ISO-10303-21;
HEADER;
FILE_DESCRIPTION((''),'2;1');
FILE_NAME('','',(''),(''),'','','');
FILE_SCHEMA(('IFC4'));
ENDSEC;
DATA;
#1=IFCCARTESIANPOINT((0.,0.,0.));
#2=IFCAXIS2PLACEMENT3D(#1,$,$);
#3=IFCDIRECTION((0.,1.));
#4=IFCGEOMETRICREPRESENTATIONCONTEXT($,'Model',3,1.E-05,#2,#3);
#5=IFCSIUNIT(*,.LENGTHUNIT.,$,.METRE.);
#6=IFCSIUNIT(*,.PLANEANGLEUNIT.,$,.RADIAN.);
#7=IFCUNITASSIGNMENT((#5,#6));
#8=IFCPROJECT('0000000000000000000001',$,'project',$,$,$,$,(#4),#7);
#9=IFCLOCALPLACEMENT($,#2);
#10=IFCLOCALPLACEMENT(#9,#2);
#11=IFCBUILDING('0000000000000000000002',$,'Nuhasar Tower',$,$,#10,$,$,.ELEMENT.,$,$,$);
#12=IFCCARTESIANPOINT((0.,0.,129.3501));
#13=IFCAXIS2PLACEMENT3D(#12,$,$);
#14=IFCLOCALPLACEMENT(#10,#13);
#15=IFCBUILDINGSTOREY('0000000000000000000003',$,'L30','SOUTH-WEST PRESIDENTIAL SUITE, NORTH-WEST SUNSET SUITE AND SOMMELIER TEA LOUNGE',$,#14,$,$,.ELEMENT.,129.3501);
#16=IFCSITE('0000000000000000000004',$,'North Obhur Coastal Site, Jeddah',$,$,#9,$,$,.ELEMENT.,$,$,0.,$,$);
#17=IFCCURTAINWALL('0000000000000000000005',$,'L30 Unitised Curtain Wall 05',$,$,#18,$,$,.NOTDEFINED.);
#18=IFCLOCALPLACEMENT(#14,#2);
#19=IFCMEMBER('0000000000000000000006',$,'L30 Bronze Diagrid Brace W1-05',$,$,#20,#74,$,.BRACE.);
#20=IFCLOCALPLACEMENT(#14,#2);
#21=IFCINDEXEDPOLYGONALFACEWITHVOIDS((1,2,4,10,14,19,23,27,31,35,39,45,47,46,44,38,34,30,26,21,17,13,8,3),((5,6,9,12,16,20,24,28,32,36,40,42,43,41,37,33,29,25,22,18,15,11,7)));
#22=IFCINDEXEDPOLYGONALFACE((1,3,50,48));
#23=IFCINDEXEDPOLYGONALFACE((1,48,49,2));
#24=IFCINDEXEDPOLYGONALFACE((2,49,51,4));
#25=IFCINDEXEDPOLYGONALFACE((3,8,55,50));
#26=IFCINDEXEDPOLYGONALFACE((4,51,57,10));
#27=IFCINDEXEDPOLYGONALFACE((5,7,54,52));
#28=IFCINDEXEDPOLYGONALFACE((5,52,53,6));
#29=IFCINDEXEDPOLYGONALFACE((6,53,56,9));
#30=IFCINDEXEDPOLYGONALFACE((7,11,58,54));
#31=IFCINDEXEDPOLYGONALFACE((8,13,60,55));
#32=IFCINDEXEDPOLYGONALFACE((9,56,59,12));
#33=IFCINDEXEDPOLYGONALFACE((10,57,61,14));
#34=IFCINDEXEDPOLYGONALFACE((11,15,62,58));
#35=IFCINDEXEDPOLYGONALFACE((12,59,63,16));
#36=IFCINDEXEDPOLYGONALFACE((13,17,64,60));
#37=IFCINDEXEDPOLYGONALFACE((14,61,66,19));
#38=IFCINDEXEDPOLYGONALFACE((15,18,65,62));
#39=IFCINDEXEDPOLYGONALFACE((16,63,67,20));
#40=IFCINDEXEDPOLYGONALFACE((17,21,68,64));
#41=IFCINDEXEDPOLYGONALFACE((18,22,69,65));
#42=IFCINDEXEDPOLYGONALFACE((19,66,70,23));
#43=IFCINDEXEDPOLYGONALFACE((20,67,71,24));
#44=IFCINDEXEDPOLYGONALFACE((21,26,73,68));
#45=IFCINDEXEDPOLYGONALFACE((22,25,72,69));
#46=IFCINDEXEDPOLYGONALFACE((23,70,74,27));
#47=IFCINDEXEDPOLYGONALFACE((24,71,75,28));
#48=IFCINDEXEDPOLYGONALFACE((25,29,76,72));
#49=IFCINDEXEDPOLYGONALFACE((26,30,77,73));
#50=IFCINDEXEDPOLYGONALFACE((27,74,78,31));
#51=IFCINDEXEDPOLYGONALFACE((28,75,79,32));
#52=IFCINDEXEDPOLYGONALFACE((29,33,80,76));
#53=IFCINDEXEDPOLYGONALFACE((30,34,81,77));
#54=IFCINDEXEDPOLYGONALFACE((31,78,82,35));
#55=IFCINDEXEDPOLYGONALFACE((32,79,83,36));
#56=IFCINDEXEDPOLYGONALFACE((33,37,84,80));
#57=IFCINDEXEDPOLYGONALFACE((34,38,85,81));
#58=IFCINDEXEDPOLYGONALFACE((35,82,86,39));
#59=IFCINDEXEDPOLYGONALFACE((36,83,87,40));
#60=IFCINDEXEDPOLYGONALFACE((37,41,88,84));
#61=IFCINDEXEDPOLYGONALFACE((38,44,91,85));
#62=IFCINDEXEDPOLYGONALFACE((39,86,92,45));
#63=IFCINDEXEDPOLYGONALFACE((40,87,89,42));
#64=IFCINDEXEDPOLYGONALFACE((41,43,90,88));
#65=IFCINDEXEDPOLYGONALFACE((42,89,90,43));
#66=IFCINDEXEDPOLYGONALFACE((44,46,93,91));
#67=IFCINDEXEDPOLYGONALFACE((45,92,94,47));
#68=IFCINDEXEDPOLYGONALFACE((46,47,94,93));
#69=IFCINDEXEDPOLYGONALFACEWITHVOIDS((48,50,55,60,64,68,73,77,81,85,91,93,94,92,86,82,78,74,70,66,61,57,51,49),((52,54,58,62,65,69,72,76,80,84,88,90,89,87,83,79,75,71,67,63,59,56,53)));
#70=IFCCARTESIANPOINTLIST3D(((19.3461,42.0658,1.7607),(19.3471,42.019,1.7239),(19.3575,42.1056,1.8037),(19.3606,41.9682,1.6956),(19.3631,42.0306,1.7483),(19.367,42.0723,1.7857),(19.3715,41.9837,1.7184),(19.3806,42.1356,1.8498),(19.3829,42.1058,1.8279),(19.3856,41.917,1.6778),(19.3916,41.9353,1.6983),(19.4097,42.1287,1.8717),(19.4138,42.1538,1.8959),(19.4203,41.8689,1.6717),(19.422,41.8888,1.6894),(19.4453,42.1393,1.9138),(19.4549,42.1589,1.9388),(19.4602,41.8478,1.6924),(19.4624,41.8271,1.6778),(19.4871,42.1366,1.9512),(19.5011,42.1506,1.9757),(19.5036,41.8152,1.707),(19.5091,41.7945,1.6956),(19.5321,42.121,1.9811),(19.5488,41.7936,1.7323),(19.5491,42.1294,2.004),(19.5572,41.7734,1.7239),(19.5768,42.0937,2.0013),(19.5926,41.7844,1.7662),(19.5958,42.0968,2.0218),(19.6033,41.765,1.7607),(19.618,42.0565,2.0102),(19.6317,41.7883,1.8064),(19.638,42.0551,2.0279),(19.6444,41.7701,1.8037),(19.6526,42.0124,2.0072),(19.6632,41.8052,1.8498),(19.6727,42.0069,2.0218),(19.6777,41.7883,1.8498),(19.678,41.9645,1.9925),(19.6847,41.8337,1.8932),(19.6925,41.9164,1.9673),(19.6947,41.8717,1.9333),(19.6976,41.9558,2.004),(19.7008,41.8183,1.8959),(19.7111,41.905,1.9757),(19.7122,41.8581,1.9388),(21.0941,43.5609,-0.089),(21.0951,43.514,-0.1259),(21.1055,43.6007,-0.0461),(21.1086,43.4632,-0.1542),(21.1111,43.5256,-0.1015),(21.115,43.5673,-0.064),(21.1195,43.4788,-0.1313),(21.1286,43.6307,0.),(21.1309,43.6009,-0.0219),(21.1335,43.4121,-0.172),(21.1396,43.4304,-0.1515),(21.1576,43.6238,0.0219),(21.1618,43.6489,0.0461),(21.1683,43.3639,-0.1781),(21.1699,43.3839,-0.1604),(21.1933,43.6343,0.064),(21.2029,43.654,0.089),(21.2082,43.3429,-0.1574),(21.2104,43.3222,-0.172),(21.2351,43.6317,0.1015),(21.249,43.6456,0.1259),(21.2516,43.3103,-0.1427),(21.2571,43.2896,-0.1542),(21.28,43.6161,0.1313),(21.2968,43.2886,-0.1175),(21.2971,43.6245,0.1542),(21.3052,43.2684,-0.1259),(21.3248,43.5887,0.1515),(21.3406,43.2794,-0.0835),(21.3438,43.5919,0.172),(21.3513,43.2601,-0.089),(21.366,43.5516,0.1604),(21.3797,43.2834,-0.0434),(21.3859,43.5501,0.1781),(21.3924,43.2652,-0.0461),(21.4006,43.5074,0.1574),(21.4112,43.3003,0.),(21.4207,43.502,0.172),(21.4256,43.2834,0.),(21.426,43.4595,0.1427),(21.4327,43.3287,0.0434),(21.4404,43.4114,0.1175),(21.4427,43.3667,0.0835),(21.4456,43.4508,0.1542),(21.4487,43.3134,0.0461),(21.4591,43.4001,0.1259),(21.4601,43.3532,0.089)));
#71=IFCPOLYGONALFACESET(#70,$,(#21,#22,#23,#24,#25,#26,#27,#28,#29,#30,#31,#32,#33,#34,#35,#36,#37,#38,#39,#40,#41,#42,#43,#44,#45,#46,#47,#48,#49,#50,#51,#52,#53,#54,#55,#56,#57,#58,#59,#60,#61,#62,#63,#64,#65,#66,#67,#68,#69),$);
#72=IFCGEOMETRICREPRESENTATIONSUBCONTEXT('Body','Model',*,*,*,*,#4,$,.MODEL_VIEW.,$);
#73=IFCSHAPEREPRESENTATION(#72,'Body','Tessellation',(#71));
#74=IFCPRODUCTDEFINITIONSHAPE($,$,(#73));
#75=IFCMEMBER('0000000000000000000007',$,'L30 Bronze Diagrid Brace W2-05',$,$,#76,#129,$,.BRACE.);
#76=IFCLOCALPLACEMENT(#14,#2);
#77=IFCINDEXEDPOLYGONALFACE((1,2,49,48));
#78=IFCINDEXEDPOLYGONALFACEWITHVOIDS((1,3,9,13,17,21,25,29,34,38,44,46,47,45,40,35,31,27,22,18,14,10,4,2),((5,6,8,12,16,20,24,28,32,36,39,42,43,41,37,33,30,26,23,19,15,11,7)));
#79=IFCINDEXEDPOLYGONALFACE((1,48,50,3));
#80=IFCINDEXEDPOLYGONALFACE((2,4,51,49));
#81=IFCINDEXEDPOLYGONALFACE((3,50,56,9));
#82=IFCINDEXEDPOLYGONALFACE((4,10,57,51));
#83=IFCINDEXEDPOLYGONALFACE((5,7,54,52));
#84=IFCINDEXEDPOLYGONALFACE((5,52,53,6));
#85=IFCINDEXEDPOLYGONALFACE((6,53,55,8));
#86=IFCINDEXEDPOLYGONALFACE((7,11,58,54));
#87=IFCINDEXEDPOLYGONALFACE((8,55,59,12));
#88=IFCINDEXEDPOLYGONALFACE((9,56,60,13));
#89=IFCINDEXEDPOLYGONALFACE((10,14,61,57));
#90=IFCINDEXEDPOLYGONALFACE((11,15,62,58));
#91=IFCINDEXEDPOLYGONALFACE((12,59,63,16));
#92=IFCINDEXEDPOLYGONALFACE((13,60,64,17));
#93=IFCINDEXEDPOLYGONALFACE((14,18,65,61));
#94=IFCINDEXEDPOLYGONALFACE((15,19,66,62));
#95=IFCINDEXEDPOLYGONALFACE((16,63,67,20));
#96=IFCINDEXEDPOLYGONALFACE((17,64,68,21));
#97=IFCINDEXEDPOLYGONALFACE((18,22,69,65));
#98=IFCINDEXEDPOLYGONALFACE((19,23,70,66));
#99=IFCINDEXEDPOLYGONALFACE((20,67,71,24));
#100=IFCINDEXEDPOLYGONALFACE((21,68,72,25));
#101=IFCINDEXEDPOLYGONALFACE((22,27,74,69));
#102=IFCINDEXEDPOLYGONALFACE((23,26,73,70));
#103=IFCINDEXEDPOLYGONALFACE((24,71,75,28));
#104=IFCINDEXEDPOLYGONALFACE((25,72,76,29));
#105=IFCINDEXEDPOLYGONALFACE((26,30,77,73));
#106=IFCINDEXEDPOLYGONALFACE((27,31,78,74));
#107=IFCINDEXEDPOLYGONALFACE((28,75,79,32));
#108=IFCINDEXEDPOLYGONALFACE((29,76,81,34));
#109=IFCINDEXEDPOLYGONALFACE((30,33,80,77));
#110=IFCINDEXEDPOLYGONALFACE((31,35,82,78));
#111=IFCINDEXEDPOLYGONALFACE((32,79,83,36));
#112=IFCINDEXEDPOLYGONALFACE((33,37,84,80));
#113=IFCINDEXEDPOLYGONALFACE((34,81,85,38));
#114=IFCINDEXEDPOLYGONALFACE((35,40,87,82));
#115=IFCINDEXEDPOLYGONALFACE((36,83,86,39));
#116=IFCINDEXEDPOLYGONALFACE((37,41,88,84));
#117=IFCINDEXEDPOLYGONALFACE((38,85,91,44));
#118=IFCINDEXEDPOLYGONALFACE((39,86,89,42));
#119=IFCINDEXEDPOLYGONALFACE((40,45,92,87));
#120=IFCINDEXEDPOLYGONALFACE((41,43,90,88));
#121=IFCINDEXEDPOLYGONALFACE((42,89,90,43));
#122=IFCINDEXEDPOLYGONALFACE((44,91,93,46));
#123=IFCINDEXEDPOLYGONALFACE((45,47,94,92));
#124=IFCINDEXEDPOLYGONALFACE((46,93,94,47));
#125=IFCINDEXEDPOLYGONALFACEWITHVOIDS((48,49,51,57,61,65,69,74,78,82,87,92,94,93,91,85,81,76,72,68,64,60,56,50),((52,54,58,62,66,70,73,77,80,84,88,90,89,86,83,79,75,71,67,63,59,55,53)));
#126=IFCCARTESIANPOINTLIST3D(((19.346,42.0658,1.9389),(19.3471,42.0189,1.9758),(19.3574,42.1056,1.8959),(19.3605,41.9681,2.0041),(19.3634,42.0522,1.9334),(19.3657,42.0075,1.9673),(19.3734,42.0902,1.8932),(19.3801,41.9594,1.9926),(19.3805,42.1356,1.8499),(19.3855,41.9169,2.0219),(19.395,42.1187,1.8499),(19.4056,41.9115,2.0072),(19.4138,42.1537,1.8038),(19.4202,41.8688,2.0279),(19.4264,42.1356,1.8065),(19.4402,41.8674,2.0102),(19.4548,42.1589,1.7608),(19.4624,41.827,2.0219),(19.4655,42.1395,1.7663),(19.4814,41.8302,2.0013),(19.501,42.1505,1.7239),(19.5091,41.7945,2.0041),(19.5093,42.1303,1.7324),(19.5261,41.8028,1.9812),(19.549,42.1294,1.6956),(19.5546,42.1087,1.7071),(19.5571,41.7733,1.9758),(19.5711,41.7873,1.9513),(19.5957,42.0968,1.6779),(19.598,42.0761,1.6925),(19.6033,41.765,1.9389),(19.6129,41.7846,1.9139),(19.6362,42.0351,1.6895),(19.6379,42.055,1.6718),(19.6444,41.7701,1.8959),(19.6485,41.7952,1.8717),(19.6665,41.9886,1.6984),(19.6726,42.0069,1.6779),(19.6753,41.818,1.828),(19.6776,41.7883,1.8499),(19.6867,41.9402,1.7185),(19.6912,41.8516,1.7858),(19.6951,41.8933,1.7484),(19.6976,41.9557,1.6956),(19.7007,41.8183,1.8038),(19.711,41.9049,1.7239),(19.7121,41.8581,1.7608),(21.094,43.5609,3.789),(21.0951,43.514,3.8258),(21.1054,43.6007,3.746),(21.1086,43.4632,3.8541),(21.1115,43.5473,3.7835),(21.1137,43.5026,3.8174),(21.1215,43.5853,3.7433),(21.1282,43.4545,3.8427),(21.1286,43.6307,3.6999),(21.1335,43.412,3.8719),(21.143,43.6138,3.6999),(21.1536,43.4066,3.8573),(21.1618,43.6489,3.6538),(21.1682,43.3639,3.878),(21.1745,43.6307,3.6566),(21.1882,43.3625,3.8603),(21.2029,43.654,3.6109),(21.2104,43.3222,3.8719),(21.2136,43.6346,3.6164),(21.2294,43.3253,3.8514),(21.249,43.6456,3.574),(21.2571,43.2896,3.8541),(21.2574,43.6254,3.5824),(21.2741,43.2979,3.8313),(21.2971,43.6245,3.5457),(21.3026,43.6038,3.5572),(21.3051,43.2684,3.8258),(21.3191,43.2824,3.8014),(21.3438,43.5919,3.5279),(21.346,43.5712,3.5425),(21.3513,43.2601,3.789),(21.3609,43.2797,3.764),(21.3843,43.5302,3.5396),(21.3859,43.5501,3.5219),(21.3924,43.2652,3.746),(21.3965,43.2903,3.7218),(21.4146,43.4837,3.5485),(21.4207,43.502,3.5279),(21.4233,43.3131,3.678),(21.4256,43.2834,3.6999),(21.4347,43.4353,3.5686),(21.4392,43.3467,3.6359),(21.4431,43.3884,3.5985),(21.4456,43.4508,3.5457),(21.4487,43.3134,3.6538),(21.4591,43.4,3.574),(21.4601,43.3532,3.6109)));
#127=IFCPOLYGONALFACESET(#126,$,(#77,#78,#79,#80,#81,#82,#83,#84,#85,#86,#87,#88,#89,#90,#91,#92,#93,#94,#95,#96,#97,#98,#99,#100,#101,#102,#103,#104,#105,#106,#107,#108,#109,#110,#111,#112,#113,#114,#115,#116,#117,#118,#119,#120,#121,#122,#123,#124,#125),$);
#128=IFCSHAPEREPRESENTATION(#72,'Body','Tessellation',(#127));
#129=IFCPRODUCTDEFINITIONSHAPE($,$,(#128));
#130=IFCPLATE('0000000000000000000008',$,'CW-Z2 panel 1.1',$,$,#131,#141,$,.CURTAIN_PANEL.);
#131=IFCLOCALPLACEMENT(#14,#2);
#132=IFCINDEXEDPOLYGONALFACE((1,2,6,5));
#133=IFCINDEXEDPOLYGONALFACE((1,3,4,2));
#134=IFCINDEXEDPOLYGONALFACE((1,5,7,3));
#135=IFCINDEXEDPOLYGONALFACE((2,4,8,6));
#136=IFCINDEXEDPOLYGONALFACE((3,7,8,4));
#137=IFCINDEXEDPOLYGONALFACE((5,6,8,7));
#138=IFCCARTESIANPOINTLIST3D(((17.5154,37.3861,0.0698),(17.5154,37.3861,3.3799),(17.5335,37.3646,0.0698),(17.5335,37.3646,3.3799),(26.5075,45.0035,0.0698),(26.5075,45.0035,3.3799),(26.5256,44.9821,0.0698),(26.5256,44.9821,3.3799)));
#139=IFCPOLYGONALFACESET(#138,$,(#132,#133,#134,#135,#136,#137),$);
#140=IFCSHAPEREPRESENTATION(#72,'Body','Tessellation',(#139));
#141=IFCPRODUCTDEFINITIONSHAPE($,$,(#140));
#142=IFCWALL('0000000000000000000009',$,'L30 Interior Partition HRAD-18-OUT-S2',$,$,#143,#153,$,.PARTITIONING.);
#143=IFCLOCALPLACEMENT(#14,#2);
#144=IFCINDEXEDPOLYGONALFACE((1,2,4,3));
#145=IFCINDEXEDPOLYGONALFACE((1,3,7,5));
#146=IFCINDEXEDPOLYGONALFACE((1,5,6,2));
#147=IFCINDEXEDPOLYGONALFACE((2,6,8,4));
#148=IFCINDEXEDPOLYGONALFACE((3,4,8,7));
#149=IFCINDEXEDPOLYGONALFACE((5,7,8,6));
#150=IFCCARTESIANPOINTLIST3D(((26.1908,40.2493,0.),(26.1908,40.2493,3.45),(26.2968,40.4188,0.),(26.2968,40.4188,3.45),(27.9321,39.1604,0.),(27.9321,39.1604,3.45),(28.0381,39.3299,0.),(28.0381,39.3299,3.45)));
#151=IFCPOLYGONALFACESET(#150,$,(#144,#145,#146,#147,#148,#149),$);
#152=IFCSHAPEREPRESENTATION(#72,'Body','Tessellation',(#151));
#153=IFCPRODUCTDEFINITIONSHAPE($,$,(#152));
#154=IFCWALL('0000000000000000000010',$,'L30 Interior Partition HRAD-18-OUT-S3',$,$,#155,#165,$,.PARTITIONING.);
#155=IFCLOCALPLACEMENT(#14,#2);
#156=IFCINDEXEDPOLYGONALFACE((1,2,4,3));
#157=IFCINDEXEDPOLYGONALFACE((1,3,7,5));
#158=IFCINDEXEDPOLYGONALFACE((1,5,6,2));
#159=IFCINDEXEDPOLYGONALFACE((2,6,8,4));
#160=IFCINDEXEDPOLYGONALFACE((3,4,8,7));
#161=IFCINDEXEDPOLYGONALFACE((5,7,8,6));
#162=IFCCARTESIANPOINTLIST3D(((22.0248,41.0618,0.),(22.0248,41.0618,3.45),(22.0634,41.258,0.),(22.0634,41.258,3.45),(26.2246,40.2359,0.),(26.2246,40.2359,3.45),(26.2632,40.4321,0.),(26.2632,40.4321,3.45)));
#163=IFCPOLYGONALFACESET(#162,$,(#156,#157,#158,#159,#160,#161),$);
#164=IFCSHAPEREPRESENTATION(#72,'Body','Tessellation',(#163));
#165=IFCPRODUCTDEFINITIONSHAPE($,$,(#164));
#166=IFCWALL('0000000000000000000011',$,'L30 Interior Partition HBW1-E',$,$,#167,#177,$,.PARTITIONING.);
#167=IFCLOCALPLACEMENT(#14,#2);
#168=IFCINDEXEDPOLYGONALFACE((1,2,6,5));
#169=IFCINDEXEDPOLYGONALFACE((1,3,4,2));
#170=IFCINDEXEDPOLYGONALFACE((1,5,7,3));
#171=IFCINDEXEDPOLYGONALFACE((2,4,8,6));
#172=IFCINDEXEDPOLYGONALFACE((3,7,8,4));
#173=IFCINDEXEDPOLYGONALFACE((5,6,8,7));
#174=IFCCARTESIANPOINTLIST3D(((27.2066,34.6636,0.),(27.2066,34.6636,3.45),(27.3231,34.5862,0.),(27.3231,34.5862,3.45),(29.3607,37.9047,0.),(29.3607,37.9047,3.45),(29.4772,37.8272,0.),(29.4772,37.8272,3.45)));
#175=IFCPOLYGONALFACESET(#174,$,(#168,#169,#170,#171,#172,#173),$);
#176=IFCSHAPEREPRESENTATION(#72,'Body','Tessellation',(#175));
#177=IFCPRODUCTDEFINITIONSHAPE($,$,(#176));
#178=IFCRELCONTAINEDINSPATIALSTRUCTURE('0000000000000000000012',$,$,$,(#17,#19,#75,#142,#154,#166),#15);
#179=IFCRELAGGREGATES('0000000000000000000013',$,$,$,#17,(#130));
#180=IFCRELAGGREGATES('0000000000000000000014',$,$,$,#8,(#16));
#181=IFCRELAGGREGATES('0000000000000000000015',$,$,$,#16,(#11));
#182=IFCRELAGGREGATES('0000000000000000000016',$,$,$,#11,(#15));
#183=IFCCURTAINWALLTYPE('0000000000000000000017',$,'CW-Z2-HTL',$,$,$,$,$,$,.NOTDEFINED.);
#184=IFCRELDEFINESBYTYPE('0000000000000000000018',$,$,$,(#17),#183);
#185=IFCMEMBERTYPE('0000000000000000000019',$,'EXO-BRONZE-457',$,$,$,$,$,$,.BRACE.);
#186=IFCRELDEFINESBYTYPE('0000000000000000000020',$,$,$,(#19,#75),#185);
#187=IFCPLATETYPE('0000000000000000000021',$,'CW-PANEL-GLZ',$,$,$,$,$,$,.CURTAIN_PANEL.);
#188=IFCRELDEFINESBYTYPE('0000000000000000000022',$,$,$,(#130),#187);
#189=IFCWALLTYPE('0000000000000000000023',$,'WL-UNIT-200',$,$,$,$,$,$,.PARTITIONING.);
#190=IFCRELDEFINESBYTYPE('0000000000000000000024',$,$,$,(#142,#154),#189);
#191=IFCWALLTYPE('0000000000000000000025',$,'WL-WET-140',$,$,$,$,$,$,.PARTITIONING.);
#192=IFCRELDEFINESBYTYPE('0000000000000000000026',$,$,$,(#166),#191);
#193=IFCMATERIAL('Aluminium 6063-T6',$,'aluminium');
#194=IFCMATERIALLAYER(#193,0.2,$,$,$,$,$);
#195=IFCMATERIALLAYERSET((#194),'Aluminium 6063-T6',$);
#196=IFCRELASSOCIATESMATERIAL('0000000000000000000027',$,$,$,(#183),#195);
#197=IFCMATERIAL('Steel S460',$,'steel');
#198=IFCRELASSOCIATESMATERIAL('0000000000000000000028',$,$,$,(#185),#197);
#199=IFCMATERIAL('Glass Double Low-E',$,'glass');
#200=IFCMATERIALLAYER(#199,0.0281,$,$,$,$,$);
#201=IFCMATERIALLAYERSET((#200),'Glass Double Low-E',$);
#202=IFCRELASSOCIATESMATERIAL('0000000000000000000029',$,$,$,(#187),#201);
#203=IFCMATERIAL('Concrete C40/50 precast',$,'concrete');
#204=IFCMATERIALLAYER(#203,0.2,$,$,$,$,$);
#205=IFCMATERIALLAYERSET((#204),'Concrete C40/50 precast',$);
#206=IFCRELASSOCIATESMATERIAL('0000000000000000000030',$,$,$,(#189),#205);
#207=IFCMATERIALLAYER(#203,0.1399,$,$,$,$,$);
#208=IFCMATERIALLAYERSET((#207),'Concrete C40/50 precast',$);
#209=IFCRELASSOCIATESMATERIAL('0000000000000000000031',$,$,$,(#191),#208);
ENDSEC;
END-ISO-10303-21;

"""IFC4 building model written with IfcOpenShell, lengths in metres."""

from ifc_helpers import new_model, si_unit, direction, frame, frame_2d, origin, origin_2d, place, context, subcontext, project, spatial, rectangle, hollow_circle, extrude, material, layer, layer_set, material_profile, profile_set, type_object, element, aggregate, save


model = new_model("IFC4")

# Units and contexts
model_context = context("Model", 3, precision=1e-05, world=origin(), true_north=direction((0.0, 1.0)))
body_context = subcontext(model_context, "Body", "Model", "MODEL_VIEW")
ifc_project = project(units=[si_unit("LENGTHUNIT", "METRE"), si_unit("PLANEANGLEUNIT", "RADIAN")], contexts=[model_context])

# Site, building, storey
site_placement = place(None, origin())
site = spatial("IfcSite", under=ifc_project, at=site_placement, Name="North Obhur Coastal Site, Jeddah", CompositionType="ELEMENT", RefElevation=0.0)
building_placement = place(site_placement, origin())
building = spatial("IfcBuilding", under=site, at=building_placement, Name="Nuhasar Tower", CompositionType="ELEMENT")
storey_placement = place(building_placement, frame((0.0, 0.0, 129.3501)))
storey = spatial("IfcBuildingStorey", under=building, at=storey_placement, Name="L30", Description="SOUTH-WEST PRESIDENTIAL SUITE, NORTH-WEST SUNSET SUITE AND SOMMELIER TEA LOUNGE", CompositionType="ELEMENT", Elevation=129.3501)

# Shared definitions
ifc_material_1 = material(Name="Aluminium 6063-T6", Category="aluminium")
ifc_layer_1 = layer(ifc_material_1, 0.2)
ifc_layer_set_1 = layer_set([ifc_layer_1], Name="Aluminium 6063-T6")
curtain_wall_type = type_object("IfcCurtainWallType", Name="CW-Z2-HTL", PredefinedType="NOTDEFINED", material=ifc_layer_set_1)

# Curtain wall
curtain_wall_1_placement = place(storey_placement, origin())
curtain_wall_1 = element("IfcCurtainWall", 1, at=curtain_wall_1_placement, inside=storey, type_object=curtain_wall_type, Name="L30 Unitised Curtain Wall 05", PredefinedType="NOTDEFINED")

# Members
ifc_material_2 = material(Name="Steel S460", Category="steel")
ifc_material_profile_1 = material_profile(ifc_material_2, hollow_circle(Radius=0.2285, WallThickness=0.0222, at=origin_2d()), Name="HSS457X22.2")
ifc_profile_set_1 = profile_set([ifc_material_profile_1], Name="Steel S460")
member_type_1 = type_object("IfcMemberType", Name="EXO-BRONZE-457", PredefinedType="BRACE", material=ifc_profile_set_1)
member_1_placement = place(storey_placement, frame((21.2771, 43.457, 0.0), z_axis=(-0.592201, -0.506514, 0.626691), x_axis=(0.649987, -0.759945, 0.0)))
element("IfcMember", 2, at=member_1_placement, inside=storey, type_object=member_type_1, Name="L30 Bronze Diagrid Brace W1-05", PredefinedType="BRACE", context=body_context, shape_type="SweptSolid", body=[
    extrude(hollow_circle(Radius=0.2285, WallThickness=0.0222, at=origin_2d()), origin(), (0.0, 0.0, 1.0), 2.9517),
])
member_2_placement = place(storey_placement, frame((19.5291, 41.9619, 1.8499), z_axis=(0.59217, 0.506488, 0.626741), x_axis=(-0.649987, 0.759945, 0.0)))
element("IfcMember", 3, at=member_2_placement, inside=storey, type_object=member_type_1, Name="L30 Bronze Diagrid Brace W2-05", PredefinedType="BRACE", context=body_context, shape_type="SweptSolid", body=[
    extrude(hollow_circle(Radius=0.2285, WallThickness=0.0222, at=origin_2d()), origin(), (0.0, 0.0, 1.0), 2.9519),
])

# Plate
ifc_material_3 = material(Name="Glass Double Low-E", Category="glass")
ifc_layer_2 = layer(ifc_material_3, 0.0281)
ifc_layer_set_2 = layer_set([ifc_layer_2], Name="Glass Double Low-E")
plate_type = type_object("IfcPlateType", Name="CW-PANEL-GLZ", PredefinedType="CURTAIN_PANEL", material=ifc_layer_set_2)
plate_placement = place(storey_placement, frame((22.0205, 41.1841, 0.0698), z_axis=(0.0, 0.0, 1.0), x_axis=(-0.76302, -0.646374, 0.0)))
plate = element("IfcPlate", 4, at=plate_placement, type_object=plate_type, Name="CW-Z2 panel 1.1", PredefinedType="CURTAIN_PANEL", context=body_context, shape_type="SweptSolid", body=[
    extrude(rectangle(XDim=11.7849, YDim=0.0281, at=origin_2d()), origin(), (0.0, 0.0, 1.0), 3.3101),
])
aggregate(curtain_wall_1, [plate])

# Walls
ifc_material_4 = material(Name="Concrete C40/50 precast", Category="concrete")
ifc_layer_3 = layer(ifc_material_4, 0.2)
ifc_layer_set_3 = layer_set([ifc_layer_3], Name="Concrete C40/50 precast")
wall_type_1 = type_object("IfcWallType", Name="WL-UNIT-200", PredefinedType="PARTITIONING", material=ifc_layer_set_3)
wall_1_placement = place(storey_placement, frame((27.9851, 39.2451, 0.0), z_axis=(0.0, 0.0, 1.0), x_axis=(-0.847865, 0.530213, 0.0)))
element("IfcWall", 5, at=wall_1_placement, inside=storey, type_object=wall_type_1, Name="L30 Interior Partition HRAD-18-OUT-S2", PredefinedType="PARTITIONING", context=body_context, shape_type="SweptSolid", body=[
    extrude(rectangle(XDim=2.0537, YDim=0.2, at=frame_2d((1.0269, 0.0))), origin(), (0.0, 0.0, 1.0), 3.45),
])
wall_2_placement = place(storey_placement, frame((26.2439, 40.334, 0.0), z_axis=(0.0, 0.0, 1.0), x_axis=(-0.981207, 0.192956, 0.0)))
element("IfcWall", 6, at=wall_2_placement, inside=storey, type_object=wall_type_1, Name="L30 Interior Partition HRAD-18-OUT-S3", PredefinedType="PARTITIONING", context=body_context, shape_type="SweptSolid", body=[
    extrude(rectangle(XDim=4.2803, YDim=0.2, at=frame_2d((2.1401, 0.0))), origin(), (0.0, 0.0, 1.0), 3.45),
])
ifc_layer_4 = layer(ifc_material_4, 0.1399)
ifc_layer_set_4 = layer_set([ifc_layer_4], Name="Concrete C40/50 precast")
wall_type_2 = type_object("IfcWallType", Name="WL-WET-140", PredefinedType="PARTITIONING", material=ifc_layer_set_4)
wall_3_placement = place(storey_placement, frame((29.4189, 37.866, 0.0), z_axis=(0.0, 0.0, 1.0), x_axis=(-0.553527, -0.832831, 0.0)))
element("IfcWall", 7, at=wall_3_placement, inside=storey, type_object=wall_type_2, Name="L30 Interior Partition HBW1-E", PredefinedType="PARTITIONING", context=body_context, shape_type="SweptSolid", body=[
    extrude(rectangle(XDim=3.8916, YDim=0.1399, at=frame_2d((1.9458, 0.0))), origin(), (0.0, 0.0, 1.0), 3.45),
])

save(model, "model.ifc")
